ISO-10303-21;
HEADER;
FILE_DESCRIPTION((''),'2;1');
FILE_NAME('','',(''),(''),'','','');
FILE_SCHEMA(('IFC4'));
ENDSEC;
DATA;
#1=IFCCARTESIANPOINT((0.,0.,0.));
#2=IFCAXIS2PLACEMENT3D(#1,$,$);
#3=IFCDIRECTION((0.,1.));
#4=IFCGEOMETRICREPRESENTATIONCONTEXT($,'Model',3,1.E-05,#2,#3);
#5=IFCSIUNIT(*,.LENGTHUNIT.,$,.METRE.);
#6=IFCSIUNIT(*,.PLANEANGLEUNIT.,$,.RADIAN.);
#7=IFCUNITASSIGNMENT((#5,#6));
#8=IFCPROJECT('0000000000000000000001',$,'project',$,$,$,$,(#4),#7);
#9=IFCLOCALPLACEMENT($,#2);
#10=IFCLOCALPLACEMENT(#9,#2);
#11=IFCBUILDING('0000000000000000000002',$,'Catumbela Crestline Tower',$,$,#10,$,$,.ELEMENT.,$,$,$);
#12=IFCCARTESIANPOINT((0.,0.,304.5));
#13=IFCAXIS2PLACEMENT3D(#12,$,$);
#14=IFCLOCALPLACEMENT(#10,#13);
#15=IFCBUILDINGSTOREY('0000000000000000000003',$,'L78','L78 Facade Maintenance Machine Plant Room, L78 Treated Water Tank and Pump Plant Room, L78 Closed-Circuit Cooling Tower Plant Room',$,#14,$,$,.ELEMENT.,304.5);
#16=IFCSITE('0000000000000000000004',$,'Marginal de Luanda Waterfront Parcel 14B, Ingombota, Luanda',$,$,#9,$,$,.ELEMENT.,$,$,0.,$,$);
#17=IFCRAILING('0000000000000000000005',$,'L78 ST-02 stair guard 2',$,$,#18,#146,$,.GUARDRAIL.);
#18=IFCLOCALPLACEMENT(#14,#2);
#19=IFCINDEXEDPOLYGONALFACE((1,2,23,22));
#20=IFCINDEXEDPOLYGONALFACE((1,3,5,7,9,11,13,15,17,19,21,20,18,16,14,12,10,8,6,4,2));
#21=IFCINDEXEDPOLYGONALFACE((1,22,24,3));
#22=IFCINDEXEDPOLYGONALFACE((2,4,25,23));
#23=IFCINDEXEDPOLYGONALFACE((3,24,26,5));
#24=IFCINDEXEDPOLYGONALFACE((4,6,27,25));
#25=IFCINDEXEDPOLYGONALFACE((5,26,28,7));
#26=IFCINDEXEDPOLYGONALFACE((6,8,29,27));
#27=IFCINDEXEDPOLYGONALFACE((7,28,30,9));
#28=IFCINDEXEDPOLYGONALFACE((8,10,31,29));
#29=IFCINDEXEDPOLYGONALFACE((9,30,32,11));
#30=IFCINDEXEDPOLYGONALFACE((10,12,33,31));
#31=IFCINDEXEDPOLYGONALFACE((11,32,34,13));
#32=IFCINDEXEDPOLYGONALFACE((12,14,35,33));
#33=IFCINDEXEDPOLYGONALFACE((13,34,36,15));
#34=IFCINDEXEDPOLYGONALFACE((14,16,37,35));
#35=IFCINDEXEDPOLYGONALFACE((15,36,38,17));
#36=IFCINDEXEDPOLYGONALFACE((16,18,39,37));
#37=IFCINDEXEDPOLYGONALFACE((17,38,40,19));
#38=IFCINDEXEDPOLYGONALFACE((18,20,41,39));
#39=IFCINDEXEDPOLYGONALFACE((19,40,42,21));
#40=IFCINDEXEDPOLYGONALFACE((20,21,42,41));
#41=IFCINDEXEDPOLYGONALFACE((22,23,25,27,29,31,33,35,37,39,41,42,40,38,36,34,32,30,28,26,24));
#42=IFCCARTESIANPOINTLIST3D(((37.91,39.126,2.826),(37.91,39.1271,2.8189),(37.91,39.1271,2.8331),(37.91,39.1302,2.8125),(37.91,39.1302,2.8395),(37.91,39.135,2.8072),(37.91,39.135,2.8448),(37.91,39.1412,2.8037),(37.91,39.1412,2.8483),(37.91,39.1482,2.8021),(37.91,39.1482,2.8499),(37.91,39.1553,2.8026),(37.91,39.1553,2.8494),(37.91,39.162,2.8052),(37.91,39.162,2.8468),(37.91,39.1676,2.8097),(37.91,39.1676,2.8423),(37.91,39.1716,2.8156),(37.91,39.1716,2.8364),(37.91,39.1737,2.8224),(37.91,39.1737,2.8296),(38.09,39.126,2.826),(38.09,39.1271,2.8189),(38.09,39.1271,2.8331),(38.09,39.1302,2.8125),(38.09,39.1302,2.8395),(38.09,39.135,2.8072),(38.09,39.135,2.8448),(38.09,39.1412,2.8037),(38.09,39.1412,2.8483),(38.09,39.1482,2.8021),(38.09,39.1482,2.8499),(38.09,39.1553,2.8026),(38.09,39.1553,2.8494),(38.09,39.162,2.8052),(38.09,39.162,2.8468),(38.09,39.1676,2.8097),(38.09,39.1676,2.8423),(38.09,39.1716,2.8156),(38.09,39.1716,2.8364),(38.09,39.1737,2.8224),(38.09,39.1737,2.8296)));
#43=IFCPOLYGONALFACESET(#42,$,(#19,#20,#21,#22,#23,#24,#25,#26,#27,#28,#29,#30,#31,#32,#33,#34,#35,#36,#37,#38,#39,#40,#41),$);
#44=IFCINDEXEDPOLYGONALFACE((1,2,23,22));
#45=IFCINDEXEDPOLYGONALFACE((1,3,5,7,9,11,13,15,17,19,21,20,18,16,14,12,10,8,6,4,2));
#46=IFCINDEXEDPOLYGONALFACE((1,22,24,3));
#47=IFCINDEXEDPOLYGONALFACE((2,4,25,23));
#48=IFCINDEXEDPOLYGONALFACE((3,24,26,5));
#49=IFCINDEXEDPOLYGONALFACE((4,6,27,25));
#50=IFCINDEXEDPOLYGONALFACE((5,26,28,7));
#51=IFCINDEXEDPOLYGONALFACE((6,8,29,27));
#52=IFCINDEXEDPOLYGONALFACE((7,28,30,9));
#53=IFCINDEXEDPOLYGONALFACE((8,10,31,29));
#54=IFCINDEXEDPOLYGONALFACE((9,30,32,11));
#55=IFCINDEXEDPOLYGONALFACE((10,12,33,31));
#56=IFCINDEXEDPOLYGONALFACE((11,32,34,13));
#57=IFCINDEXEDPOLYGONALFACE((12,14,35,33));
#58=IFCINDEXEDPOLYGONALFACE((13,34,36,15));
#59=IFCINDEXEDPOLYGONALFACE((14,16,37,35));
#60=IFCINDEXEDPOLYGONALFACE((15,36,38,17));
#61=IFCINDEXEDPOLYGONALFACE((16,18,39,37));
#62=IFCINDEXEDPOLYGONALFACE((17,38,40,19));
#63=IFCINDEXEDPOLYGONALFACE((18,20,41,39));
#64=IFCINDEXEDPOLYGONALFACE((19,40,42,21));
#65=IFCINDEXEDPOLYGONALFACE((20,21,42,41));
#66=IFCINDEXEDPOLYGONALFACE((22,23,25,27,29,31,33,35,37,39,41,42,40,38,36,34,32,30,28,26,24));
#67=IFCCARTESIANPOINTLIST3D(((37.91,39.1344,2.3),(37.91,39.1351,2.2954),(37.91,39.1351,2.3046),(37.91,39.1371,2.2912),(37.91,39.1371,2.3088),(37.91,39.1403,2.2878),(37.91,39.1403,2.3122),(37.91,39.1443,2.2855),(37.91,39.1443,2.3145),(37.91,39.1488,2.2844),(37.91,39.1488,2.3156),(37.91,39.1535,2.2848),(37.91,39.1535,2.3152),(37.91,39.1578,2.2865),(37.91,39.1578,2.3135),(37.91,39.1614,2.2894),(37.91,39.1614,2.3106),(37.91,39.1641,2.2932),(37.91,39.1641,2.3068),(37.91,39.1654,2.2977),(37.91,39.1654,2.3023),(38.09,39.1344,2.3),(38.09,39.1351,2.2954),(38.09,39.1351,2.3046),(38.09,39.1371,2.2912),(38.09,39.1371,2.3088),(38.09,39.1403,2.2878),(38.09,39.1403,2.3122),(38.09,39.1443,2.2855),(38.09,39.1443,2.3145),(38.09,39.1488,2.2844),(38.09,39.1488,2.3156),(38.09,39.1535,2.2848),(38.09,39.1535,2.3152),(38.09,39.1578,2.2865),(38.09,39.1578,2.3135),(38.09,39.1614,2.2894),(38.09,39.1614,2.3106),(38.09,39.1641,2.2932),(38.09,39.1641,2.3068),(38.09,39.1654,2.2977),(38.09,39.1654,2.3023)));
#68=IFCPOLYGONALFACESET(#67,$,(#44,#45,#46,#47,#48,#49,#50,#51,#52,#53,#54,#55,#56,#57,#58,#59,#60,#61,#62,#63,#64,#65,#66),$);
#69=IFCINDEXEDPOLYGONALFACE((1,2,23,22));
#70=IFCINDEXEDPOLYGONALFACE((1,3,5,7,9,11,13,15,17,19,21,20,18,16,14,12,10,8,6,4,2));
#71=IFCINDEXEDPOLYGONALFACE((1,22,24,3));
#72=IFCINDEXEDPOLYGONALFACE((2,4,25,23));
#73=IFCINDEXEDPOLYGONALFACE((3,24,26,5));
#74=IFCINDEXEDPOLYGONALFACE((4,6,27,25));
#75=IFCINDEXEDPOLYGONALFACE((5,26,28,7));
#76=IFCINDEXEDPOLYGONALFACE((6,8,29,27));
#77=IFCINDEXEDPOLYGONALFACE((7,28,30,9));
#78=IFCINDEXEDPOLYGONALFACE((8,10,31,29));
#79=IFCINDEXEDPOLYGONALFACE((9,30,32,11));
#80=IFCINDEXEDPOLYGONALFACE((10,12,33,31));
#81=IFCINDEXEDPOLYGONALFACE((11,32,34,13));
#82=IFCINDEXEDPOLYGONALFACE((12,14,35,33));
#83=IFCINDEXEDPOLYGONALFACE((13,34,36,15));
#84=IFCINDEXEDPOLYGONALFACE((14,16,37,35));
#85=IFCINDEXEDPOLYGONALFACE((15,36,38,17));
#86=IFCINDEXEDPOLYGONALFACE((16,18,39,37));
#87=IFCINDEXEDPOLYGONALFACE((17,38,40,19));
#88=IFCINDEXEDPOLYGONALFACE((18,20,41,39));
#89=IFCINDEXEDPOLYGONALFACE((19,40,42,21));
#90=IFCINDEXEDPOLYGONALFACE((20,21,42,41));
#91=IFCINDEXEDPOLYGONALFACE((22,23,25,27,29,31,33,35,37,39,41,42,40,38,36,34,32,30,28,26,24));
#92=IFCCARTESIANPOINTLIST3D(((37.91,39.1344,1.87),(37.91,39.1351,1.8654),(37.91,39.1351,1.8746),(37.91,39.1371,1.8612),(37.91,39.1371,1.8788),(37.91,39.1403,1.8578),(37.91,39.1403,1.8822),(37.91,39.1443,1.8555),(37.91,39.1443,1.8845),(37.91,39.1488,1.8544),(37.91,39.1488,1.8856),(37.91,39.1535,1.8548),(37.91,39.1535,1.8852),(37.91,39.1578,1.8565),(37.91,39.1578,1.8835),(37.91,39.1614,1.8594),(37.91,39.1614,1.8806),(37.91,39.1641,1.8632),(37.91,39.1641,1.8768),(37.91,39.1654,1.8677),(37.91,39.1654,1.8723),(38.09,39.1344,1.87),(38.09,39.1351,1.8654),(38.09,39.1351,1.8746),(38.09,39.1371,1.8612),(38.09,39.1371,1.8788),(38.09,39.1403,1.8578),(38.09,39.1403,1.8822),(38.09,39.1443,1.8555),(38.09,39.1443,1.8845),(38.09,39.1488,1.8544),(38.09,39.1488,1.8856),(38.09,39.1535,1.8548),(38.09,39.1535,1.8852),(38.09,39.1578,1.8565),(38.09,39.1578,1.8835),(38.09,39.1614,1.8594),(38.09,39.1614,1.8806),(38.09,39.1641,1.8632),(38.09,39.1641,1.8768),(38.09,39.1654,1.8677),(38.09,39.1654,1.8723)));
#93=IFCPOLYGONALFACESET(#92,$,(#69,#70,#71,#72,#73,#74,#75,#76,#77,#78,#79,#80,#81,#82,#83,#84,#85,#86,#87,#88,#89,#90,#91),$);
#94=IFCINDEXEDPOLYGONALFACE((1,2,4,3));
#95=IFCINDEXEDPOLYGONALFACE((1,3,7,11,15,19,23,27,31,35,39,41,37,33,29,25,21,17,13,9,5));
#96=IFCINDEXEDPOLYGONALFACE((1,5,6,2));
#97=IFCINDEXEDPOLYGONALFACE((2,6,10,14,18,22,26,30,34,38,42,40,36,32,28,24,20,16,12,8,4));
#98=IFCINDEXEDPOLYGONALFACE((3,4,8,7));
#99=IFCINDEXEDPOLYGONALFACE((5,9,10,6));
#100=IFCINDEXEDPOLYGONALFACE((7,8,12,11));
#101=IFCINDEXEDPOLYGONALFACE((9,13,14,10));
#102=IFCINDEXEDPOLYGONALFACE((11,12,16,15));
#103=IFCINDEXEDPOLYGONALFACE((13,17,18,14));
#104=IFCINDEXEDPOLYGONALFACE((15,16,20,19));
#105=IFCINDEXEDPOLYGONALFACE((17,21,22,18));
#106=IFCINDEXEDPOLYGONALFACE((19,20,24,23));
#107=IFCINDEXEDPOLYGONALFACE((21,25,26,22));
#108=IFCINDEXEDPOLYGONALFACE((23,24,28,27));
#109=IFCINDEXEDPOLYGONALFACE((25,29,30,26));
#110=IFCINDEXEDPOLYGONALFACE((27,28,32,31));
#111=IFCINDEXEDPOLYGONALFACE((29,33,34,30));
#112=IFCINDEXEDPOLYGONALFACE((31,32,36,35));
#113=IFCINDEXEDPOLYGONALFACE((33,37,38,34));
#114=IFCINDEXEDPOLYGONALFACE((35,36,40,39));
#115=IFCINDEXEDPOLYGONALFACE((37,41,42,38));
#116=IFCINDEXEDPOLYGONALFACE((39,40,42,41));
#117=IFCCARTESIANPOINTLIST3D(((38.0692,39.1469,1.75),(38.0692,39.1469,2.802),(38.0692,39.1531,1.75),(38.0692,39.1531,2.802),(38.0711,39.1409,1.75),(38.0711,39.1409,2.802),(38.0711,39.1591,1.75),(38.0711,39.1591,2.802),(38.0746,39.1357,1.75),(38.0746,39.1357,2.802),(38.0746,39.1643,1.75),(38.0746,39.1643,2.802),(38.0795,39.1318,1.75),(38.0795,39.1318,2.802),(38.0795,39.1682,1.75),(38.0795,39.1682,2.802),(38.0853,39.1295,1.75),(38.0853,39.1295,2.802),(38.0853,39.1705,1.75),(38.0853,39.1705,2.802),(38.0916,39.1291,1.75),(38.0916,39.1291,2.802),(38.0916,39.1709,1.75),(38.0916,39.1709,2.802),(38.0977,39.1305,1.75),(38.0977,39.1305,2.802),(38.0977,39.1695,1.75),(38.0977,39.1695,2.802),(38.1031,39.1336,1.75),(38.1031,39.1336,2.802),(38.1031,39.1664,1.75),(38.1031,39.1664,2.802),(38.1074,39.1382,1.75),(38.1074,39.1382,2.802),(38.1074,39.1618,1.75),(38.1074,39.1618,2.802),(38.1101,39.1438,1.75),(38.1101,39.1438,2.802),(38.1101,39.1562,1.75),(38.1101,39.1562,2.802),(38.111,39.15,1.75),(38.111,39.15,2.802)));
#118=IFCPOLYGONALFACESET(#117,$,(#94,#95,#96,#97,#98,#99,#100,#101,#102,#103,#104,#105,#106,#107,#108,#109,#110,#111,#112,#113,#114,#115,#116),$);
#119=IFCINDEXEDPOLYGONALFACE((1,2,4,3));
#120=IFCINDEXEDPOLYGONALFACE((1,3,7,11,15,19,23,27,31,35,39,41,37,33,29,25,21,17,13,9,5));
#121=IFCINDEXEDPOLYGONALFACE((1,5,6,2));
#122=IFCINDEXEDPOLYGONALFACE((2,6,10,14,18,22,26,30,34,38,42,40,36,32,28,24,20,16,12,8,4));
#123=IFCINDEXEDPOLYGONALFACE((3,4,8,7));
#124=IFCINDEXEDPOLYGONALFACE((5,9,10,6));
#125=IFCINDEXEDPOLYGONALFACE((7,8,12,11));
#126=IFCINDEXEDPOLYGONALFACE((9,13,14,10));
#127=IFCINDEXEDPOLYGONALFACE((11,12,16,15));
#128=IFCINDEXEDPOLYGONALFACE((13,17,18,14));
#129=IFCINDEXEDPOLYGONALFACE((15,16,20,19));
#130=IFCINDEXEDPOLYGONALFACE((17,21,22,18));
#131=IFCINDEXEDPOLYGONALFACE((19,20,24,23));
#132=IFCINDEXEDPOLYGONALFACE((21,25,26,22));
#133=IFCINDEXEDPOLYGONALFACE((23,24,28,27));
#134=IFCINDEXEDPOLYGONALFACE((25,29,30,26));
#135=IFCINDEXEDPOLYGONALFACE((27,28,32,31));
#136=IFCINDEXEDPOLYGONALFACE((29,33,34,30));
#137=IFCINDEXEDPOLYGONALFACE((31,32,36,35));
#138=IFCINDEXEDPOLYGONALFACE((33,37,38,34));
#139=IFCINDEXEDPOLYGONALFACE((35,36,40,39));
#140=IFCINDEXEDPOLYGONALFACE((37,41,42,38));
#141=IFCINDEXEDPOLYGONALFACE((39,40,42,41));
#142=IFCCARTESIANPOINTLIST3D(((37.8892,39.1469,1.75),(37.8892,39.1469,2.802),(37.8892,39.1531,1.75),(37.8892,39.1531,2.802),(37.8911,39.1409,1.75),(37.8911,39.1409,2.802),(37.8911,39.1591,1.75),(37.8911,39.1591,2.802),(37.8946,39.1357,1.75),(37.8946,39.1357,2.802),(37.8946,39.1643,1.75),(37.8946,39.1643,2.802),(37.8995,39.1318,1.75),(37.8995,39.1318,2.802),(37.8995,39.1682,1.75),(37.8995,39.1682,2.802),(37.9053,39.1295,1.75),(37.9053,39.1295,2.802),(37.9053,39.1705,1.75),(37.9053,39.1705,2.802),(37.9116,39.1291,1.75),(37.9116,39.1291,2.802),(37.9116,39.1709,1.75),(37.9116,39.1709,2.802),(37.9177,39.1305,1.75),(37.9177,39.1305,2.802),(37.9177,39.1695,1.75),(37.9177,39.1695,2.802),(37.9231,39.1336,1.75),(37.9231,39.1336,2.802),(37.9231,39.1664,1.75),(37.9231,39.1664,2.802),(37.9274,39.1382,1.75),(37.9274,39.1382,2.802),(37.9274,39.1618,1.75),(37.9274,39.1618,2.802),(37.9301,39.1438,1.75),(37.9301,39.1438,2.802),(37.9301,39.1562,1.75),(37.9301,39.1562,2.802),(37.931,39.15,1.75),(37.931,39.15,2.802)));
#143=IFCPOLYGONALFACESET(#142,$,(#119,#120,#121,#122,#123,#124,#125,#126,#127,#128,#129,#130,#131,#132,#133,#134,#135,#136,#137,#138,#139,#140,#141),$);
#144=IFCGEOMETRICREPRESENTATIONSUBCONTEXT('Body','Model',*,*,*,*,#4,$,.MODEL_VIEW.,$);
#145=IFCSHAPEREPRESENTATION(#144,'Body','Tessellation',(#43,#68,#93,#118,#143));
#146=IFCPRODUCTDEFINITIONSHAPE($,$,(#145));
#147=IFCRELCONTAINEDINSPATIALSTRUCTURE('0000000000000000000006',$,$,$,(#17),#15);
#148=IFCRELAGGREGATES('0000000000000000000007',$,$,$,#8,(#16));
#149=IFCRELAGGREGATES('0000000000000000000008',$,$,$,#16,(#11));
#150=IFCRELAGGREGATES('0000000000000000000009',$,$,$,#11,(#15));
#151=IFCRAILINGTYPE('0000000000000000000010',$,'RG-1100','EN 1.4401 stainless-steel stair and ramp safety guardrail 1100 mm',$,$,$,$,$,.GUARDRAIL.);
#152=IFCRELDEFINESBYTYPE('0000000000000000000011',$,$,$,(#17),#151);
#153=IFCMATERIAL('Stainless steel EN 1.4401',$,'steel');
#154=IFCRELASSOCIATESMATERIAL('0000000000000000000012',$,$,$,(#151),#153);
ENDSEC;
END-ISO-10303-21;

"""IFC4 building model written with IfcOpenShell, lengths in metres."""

from ifc_helpers import new_model, si_unit, direction, frame, origin, origin_2d, place, context, subcontext, project, spatial, circle, extrude, material, type_object, element, save


model = new_model("IFC4")

# Units and contexts
model_context = context("Model", 3, precision=1e-05, world=origin(), true_north=direction((0.0, 1.0)))
body_context = subcontext(model_context, "Body", "Model", "MODEL_VIEW")
ifc_project = project(units=[si_unit("LENGTHUNIT", "METRE"), si_unit("PLANEANGLEUNIT", "RADIAN")], contexts=[model_context])

# Site, building, storey
site_placement = place(None, origin())
site = spatial("IfcSite", under=ifc_project, at=site_placement, Name="Marginal de Luanda Waterfront Parcel 14B, Ingombota, Luanda", CompositionType="ELEMENT", RefElevation=0.0)
building_placement = place(site_placement, origin())
building = spatial("IfcBuilding", under=site, at=building_placement, Name="Catumbela Crestline Tower", CompositionType="ELEMENT")
storey_placement = place(building_placement, frame((0.0, 0.0, 304.5)))
storey = spatial("IfcBuildingStorey", under=building, at=storey_placement, Name="L78", Description="L78 Facade Maintenance Machine Plant Room, L78 Treated Water Tank and Pump Plant Room, L78 Closed-Circuit Cooling Tower Plant Room", CompositionType="ELEMENT", Elevation=304.5)

# Railing
ifc_material_1 = material(Name="Stainless steel EN 1.4401", Category="steel")
railing_type_1 = type_object("IfcRailingType", Name="RG-1100", Description="EN 1.4401 stainless-steel stair and ramp safety guardrail 1100 mm", PredefinedType="GUARDRAIL", material=ifc_material_1)
railing_1_placement = place(storey_placement, frame((38.09, 39.15, 1.75)))
element("IfcRailing", 1, at=railing_1_placement, inside=storey, type_object=railing_type_1, Name="L78 ST-02 stair guard 2", PredefinedType="GUARDRAIL", context=body_context, shape_type="SweptSolid", body=[
    extrude(circle(Radius=0.024, at=origin_2d()), frame((0.0, 0.0, 1.076), z_axis=(-1.0, 0.0, 0.0), x_axis=(0.0, -1.0, 0.0)), (0.0, 0.0, 1.0), 0.18),
    extrude(circle(Radius=0.0156, at=origin_2d()), frame((0.0, 0.0, 0.55), z_axis=(-1.0, 0.0, 0.0), x_axis=(0.0, -1.0, 0.0)), (0.0, 0.0, 1.0), 0.18),
    extrude(circle(Radius=0.0156, at=origin_2d()), frame((0.0, 0.0, 0.12), z_axis=(-1.0, 0.0, 0.0), x_axis=(0.0, -1.0, 0.0)), (0.0, 0.0, 1.0), 0.18),
    extrude(circle(Radius=0.021, at=origin_2d()), origin(), (0.0, 0.0, 1.0), 1.052),
    extrude(circle(Radius=0.021, at=origin_2d()), frame((-0.18, 0.0, 0.0)), (0.0, 0.0, 1.0), 1.052),
])

save(model, "model.ifc")
